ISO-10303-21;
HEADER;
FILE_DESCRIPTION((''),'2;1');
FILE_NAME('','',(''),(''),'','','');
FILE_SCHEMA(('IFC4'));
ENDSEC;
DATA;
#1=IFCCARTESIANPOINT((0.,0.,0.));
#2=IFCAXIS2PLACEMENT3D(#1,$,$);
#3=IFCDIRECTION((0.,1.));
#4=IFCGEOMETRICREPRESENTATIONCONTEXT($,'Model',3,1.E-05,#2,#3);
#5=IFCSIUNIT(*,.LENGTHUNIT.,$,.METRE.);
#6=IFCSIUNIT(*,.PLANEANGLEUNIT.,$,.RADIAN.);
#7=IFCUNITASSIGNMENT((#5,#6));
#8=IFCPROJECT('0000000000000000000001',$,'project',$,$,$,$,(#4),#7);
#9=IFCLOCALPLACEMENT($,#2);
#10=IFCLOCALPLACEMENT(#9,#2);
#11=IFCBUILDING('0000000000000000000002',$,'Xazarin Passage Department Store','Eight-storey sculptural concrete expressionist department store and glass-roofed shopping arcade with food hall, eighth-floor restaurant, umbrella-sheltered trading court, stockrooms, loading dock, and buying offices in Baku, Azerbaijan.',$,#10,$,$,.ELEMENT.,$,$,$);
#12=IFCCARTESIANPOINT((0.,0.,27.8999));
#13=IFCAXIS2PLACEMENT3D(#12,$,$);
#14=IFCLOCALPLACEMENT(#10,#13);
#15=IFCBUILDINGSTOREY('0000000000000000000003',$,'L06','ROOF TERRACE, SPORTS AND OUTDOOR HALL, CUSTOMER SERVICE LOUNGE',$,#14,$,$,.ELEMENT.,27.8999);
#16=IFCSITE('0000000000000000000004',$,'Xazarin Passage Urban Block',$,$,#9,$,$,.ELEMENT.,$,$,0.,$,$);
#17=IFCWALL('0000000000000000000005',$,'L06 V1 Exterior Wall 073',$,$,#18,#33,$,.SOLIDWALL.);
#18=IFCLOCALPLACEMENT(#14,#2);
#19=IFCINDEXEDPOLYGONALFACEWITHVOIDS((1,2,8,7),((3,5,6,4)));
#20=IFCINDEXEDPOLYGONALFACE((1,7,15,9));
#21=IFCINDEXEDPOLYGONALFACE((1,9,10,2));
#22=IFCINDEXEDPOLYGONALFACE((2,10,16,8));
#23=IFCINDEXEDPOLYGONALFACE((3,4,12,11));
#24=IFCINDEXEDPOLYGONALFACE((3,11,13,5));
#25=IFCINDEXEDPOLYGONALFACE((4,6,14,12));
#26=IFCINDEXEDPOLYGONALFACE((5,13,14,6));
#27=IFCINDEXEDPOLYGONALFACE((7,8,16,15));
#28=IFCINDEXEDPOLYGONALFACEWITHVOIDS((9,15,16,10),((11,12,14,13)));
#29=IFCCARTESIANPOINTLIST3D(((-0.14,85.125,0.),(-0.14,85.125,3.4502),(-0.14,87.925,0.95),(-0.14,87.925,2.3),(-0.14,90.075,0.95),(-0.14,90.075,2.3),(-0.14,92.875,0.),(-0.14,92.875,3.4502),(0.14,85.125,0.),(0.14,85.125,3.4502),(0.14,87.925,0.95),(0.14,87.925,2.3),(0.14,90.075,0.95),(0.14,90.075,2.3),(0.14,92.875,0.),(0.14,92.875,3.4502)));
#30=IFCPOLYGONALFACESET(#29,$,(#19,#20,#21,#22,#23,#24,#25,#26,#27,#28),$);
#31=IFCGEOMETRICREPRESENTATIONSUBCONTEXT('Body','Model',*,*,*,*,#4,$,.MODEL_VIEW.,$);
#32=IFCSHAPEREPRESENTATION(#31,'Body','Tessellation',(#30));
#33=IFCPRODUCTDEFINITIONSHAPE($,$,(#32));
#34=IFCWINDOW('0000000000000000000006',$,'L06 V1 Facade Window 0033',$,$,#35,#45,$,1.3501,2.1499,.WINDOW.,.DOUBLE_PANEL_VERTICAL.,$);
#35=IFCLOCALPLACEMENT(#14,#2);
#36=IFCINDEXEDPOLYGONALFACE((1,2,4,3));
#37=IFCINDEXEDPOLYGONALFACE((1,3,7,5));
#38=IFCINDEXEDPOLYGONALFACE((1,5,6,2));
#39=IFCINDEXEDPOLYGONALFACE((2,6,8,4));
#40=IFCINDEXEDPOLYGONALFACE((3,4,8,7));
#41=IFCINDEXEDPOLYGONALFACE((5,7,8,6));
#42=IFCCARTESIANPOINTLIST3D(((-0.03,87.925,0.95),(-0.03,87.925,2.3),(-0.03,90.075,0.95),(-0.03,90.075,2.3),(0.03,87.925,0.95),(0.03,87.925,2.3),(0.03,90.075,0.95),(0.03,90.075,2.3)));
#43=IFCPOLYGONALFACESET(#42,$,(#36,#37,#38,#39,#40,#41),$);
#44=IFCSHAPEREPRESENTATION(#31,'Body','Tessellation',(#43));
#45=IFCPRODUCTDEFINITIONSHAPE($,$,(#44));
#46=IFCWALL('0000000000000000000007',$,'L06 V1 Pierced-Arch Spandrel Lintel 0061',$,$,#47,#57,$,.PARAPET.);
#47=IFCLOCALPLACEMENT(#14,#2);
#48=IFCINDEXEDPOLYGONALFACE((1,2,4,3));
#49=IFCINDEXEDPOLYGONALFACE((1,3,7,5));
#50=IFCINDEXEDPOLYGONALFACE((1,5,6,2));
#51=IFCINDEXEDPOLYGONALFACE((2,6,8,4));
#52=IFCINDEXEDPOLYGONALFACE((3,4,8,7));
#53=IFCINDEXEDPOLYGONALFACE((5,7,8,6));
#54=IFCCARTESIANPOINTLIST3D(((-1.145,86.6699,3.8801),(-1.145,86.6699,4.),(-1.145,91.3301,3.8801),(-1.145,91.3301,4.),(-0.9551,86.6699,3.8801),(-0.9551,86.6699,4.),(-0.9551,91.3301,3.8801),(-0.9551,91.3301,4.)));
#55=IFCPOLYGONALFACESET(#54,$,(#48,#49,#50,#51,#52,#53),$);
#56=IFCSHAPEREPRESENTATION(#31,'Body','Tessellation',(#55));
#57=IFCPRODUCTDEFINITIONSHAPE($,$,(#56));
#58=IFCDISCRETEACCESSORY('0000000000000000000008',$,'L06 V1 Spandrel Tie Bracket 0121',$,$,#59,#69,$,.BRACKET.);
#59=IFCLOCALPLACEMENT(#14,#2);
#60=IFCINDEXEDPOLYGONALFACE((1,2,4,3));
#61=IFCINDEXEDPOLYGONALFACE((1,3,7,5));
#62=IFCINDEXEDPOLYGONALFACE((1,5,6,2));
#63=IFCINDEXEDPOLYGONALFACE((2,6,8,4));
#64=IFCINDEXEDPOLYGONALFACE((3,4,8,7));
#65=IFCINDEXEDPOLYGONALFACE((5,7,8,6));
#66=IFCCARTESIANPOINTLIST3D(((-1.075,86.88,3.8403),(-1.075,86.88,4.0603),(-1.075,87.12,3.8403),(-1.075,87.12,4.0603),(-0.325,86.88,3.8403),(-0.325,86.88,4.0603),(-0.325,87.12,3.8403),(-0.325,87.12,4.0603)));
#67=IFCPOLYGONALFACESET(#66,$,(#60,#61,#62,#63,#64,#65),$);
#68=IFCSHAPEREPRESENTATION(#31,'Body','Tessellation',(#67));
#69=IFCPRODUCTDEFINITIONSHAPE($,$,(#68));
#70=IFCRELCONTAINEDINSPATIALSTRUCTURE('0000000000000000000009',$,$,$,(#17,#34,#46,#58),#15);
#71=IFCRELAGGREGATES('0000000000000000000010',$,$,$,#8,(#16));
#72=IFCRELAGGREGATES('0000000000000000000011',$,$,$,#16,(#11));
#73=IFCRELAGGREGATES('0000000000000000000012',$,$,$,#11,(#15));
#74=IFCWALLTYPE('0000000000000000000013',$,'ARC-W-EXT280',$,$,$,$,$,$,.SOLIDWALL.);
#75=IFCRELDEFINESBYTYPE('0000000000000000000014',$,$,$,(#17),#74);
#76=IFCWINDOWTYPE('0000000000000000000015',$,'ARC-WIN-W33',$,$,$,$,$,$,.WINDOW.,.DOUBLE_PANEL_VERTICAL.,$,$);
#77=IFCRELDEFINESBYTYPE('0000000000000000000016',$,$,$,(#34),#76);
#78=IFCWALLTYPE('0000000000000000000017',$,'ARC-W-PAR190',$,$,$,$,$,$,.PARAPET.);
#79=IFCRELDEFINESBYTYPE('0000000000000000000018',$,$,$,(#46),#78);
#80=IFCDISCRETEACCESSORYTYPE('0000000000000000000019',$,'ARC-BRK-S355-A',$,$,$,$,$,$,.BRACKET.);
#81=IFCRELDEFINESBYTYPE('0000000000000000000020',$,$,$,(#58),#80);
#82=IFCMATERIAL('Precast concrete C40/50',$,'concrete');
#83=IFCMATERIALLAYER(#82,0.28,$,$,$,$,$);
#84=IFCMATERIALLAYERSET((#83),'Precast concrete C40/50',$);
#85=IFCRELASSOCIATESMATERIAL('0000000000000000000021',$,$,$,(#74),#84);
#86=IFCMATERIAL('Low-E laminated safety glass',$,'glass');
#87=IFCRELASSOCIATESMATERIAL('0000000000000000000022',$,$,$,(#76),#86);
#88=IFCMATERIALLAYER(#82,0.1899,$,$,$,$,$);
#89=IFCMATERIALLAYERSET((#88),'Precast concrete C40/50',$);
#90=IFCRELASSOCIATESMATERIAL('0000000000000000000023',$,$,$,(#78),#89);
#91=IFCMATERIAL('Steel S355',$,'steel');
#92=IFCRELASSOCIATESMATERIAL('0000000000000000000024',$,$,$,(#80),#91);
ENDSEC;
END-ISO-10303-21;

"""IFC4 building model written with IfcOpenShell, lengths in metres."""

from ifc_helpers import new_model, si_unit, direction, frame, frame_2d, origin, origin_2d, place, context, subcontext, project, spatial, rectangle, extrude, material, layer, layer_set, type_object, element, fill, save


model = new_model("IFC4")

# Units and contexts
model_context = context("Model", 3, precision=1e-05, world=origin(), true_north=direction((0.0, 1.0)))
body_context = subcontext(model_context, "Body", "Model", "MODEL_VIEW")
ifc_project = project(units=[si_unit("LENGTHUNIT", "METRE"), si_unit("PLANEANGLEUNIT", "RADIAN")], contexts=[model_context])

# Site, building, storey
site_placement = place(None, origin())
site = spatial("IfcSite", under=ifc_project, at=site_placement, Name="Xazarin Passage Urban Block", CompositionType="ELEMENT", RefElevation=0.0)
building_placement = place(site_placement, origin())
building = spatial("IfcBuilding", under=site, at=building_placement, Name="Xazarin Passage Department Store", Description="Eight-storey sculptural concrete expressionist department store and glass-roofed shopping arcade with food hall, eighth-floor restaurant, umbrella-sheltered trading court, stockrooms, loading dock, and buying offices in Baku, Azerbaijan.", CompositionType="ELEMENT")
storey_placement = place(building_placement, frame((0.0, 0.0, 27.8999)))
storey = spatial("IfcBuildingStorey", under=building, at=storey_placement, Name="L06", Description="ROOF TERRACE, SPORTS AND OUTDOOR HALL, CUSTOMER SERVICE LOUNGE", CompositionType="ELEMENT", Elevation=27.8999)

# Shared definitions
ifc_material_1 = material(Name="Precast concrete C40/50", Category="concrete")

# Wall, opening, window
ifc_layer_1 = layer(ifc_material_1, 0.28)
ifc_layer_set_1 = layer_set([ifc_layer_1], Name="Precast concrete C40/50")
wall_type_1 = type_object("IfcWallType", Name="ARC-W-EXT280", PredefinedType="SOLIDWALL", material=ifc_layer_set_1)
wall_1_placement = place(storey_placement, frame((0.0, 85.125, 0.0), z_axis=(0.0, 0.0, 1.0), x_axis=(0.0, 1.0, 0.0)))
wall_1 = element("IfcWall", 1, at=wall_1_placement, inside=storey, type_object=wall_type_1, Name="L06 V1 Exterior Wall 073", PredefinedType="SOLIDWALL", context=body_context, shape_type="SweptSolid", body=[
    extrude(rectangle(XDim=7.75, YDim=0.28, at=frame_2d((3.875, 0.0))), origin(), (0.0, 0.0, 1.0), 3.4502),
])
opening_1_placement = place(wall_1_placement, frame((2.8, 0.0, 0.95)))
opening_1 = element("IfcOpeningElement", 2, at=opening_1_placement, cuts=wall_1, PredefinedType="OPENING", context=body_context, shape_type="SweptSolid", body=[
    extrude(rectangle(XDim=2.1499, YDim=1.3501, at=frame_2d((1.075, 0.675))), frame((0.0, 0.1499, 0.0), z_axis=(0.0, -1.0, 0.0), x_axis=(1.0, 0.0, 0.0)), (0.0, 0.0, 1.0), 0.3),
])
ifc_material_2 = material(Name="Low-E laminated safety glass", Category="glass")
window_type = type_object("IfcWindowType", Name="ARC-WIN-W33", PartitioningType="DOUBLE_PANEL_VERTICAL", PredefinedType="WINDOW", material=ifc_material_2)
window_placement = place(opening_1_placement, origin())
window = element("IfcWindow", 3, at=window_placement, inside=storey, type_object=window_type, Name="L06 V1 Facade Window 0033", OverallHeight=1.3501, OverallWidth=2.1499, PartitioningType="DOUBLE_PANEL_VERTICAL", PredefinedType="WINDOW", context=body_context, shape_type="SweptSolid", body=[
    extrude(rectangle(XDim=2.1499, YDim=1.3501, at=frame_2d((1.075, 0.675))), frame((0.0, 0.03, 0.0), z_axis=(0.0, -1.0, 0.0), x_axis=(1.0, 0.0, 0.0)), (0.0, 0.0, 1.0), 0.0601),
])
fill(opening_1, window)

# Wall
ifc_layer_2 = layer(ifc_material_1, 0.1899)
ifc_layer_set_2 = layer_set([ifc_layer_2], Name="Precast concrete C40/50")
wall_type_2 = type_object("IfcWallType", Name="ARC-W-PAR190", PredefinedType="PARAPET", material=ifc_layer_set_2)
wall_2_placement = place(storey_placement, frame((-1.05, 86.6699, 3.8801), z_axis=(0.0, 0.0, 1.0), x_axis=(0.0, 1.0, 0.0)))
element("IfcWall", 4, at=wall_2_placement, inside=storey, type_object=wall_type_2, Name="L06 V1 Pierced-Arch Spandrel Lintel 0061", PredefinedType="PARAPET", context=body_context, shape_type="SweptSolid", body=[
    extrude(rectangle(XDim=4.6602, YDim=0.1899, at=frame_2d((2.3301, 0.0))), origin(), (0.0, 0.0, 1.0), 0.1199),
])

# Discrete accessory
ifc_material_3 = material(Name="Steel S355", Category="steel")
discrete_accessory_type = type_object("IfcDiscreteAccessoryType", Name="ARC-BRK-S355-A", PredefinedType="BRACKET", material=ifc_material_3)
discrete_accessory_placement = place(storey_placement, frame((-0.7, 87.0, 3.8403), z_axis=(0.0, 0.0, 1.0), x_axis=(0.0, 1.0, 0.0)))
element("IfcDiscreteAccessory", 5, at=discrete_accessory_placement, inside=storey, type_object=discrete_accessory_type, Name="L06 V1 Spandrel Tie Bracket 0121", PredefinedType="BRACKET", context=body_context, shape_type="SweptSolid", body=[
    extrude(rectangle(XDim=0.24, YDim=0.75, at=origin_2d()), origin(), (0.0, 0.0, 1.0), 0.22),
])

save(model, "model.ifc")
